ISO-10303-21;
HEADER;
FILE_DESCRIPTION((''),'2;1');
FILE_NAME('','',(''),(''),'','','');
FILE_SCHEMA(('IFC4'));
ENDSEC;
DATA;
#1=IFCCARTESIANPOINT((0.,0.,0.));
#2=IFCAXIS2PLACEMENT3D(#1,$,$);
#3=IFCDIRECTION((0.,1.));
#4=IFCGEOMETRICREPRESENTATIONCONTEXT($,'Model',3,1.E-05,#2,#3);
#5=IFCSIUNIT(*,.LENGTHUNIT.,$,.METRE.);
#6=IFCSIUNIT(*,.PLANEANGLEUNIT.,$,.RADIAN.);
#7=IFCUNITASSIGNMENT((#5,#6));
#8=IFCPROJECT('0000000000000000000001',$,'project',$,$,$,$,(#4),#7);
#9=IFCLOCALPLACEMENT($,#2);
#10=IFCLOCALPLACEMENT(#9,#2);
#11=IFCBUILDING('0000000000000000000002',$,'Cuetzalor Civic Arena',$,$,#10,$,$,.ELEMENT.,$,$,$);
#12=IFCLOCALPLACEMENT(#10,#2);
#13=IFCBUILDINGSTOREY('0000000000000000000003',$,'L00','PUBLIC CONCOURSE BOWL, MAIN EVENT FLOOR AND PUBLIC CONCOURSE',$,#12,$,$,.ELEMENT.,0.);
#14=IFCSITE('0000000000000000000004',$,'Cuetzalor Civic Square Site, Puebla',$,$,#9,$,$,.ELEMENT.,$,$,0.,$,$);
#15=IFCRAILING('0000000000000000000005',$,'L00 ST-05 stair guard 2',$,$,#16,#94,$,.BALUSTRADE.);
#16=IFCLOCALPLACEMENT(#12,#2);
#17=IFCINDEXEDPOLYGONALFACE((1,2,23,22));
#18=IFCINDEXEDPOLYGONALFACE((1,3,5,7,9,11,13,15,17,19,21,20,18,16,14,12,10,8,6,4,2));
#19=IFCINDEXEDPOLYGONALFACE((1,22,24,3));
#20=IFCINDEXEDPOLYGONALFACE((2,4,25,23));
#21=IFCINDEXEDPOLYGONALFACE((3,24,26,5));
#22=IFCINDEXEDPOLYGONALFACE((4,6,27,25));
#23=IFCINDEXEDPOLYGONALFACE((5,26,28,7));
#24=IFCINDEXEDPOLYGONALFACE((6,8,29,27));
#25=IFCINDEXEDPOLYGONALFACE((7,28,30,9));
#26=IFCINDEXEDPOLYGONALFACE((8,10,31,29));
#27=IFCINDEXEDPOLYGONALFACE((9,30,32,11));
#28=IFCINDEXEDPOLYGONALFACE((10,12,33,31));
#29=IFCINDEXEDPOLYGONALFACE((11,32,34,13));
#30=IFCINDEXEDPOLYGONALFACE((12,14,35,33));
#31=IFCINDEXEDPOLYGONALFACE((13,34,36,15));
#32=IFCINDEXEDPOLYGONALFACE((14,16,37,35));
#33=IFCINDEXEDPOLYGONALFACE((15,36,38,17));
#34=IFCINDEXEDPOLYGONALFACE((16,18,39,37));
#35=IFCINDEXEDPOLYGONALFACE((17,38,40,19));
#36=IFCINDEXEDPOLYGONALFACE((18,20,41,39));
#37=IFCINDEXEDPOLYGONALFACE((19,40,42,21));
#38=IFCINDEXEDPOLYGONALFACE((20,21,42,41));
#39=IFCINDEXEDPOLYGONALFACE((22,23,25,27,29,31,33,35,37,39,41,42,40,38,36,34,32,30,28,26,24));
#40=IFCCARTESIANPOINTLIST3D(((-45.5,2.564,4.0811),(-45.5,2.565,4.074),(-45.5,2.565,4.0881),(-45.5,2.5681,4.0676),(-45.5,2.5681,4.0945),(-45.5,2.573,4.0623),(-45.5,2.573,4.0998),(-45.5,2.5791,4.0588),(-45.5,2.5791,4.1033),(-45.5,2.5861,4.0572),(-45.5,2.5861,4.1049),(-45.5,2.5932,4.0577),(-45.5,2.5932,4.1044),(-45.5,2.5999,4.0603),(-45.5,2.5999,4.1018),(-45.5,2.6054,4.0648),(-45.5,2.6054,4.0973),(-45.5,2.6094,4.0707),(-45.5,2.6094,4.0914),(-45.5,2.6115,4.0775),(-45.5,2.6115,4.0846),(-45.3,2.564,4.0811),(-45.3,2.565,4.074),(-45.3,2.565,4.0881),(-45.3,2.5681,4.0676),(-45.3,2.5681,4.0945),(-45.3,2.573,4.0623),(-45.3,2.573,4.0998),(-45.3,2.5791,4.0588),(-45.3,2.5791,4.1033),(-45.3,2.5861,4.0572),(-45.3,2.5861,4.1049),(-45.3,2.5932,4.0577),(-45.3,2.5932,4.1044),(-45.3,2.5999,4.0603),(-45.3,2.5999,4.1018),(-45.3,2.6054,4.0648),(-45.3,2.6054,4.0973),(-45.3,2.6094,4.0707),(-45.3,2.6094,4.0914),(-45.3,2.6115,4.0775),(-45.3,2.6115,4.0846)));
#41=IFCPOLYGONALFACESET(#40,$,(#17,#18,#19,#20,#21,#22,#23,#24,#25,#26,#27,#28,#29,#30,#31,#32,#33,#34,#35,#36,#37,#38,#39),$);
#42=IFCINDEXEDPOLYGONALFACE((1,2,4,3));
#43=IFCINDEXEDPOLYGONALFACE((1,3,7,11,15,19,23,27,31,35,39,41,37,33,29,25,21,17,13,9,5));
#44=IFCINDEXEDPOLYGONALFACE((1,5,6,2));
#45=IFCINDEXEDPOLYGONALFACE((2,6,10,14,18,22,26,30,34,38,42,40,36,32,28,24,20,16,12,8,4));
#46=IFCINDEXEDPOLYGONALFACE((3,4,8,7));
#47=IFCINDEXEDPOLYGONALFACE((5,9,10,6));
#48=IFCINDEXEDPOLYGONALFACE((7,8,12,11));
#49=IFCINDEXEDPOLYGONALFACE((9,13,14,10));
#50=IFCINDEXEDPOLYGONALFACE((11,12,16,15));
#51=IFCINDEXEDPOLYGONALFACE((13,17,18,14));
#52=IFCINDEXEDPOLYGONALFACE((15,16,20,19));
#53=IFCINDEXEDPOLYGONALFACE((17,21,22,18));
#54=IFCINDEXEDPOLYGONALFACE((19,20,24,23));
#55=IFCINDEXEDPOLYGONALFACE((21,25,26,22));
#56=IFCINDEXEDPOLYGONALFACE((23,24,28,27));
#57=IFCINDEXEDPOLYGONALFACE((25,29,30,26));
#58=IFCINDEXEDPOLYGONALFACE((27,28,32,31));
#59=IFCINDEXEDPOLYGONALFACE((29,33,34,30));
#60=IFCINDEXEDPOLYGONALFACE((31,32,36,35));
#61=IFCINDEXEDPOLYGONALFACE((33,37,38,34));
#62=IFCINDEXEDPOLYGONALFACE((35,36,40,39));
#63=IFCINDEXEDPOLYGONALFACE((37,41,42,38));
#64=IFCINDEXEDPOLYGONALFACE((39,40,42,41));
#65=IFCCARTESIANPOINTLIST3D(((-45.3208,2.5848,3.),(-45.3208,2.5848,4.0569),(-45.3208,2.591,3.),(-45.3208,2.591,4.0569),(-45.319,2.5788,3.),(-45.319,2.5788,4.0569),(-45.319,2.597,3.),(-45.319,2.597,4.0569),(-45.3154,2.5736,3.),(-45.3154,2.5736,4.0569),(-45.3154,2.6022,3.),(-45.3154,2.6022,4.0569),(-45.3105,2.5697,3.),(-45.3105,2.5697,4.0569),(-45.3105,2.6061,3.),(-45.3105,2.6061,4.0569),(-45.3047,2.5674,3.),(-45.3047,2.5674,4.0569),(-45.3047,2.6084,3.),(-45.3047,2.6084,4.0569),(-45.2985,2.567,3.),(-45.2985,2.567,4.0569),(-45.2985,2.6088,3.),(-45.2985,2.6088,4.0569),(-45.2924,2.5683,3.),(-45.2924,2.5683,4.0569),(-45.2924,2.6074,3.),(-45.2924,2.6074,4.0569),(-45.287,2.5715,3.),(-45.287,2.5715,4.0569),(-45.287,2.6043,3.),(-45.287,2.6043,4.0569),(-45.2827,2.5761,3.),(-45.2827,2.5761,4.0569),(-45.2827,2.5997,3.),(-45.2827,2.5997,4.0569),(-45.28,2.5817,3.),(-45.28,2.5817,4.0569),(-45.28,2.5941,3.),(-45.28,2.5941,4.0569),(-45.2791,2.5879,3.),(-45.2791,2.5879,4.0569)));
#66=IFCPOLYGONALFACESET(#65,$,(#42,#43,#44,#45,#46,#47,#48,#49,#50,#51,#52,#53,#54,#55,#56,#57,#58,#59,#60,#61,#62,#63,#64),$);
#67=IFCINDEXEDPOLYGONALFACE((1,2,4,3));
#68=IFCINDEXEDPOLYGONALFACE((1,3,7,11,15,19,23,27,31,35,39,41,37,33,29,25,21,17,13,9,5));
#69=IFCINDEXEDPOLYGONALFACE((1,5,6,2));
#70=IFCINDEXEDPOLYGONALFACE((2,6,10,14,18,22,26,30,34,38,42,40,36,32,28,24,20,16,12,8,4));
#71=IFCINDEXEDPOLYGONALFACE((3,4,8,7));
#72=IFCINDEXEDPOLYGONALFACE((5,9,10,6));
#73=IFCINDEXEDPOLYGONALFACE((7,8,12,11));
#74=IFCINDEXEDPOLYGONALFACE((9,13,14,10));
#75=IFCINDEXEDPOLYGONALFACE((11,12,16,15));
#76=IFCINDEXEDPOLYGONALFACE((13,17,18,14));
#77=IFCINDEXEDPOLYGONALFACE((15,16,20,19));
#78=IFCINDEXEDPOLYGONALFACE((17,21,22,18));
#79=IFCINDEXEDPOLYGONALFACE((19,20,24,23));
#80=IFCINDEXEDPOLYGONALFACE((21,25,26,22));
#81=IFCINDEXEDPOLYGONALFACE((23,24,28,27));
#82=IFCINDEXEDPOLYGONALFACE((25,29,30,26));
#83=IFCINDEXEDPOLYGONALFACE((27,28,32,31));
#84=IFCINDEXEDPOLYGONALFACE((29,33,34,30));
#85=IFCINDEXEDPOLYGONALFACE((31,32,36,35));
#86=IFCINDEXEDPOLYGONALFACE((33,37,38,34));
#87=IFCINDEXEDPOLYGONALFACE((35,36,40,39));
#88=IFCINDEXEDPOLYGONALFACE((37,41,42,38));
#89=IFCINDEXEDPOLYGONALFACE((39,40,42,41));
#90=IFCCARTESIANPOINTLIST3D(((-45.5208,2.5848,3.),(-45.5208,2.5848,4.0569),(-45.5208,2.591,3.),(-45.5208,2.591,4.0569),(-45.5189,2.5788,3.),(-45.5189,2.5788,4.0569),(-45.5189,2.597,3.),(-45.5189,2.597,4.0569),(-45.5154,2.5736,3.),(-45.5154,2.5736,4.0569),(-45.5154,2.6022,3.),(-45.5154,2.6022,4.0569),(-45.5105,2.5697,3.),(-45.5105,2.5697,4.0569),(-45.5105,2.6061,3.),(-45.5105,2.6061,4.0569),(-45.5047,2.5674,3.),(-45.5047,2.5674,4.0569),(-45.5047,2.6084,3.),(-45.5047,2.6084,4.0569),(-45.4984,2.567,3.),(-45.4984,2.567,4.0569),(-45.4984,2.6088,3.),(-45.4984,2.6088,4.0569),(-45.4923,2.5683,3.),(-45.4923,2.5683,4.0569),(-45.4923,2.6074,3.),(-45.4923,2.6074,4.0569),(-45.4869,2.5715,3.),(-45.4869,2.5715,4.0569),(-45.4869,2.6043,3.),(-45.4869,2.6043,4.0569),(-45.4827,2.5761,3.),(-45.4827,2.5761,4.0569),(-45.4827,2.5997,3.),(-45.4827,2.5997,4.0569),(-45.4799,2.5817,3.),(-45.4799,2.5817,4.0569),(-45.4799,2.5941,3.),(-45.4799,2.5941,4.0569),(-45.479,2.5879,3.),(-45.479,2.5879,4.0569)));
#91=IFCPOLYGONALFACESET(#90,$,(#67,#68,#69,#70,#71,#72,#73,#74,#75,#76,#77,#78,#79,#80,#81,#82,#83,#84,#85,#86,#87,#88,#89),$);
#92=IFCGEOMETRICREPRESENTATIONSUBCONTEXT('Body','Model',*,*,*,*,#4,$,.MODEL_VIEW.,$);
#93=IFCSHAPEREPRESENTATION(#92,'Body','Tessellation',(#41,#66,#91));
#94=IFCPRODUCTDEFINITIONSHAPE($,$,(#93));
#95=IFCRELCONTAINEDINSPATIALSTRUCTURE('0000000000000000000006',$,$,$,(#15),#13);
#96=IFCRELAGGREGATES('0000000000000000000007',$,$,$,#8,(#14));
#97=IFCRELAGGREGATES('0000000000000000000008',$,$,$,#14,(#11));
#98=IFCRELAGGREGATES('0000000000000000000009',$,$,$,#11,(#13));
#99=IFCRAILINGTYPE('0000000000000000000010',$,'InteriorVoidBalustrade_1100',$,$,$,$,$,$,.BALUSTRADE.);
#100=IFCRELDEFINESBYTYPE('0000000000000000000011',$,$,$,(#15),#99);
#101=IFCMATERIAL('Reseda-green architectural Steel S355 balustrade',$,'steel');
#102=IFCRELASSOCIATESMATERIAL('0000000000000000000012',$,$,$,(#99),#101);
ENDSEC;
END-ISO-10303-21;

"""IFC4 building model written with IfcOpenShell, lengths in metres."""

from ifc_helpers import new_model, si_unit, direction, frame, origin, origin_2d, place, context, subcontext, project, spatial, circle, extrude, material, type_object, element, save


model = new_model("IFC4")

# Units and contexts
model_context = context("Model", 3, precision=1e-05, world=origin(), true_north=direction((0.0, 1.0)))
body_context = subcontext(model_context, "Body", "Model", "MODEL_VIEW")
ifc_project = project(units=[si_unit("LENGTHUNIT", "METRE"), si_unit("PLANEANGLEUNIT", "RADIAN")], contexts=[model_context])

# Site, building, storey
site_placement = place(None, origin())
site = spatial("IfcSite", under=ifc_project, at=site_placement, Name="Cuetzalor Civic Square Site, Puebla", CompositionType="ELEMENT", RefElevation=0.0)
building_placement = place(site_placement, origin())
building = spatial("IfcBuilding", under=site, at=building_placement, Name="Cuetzalor Civic Arena", CompositionType="ELEMENT")
storey_placement = place(building_placement, origin())
storey = spatial("IfcBuildingStorey", under=building, at=storey_placement, Name="L00", Description="PUBLIC CONCOURSE BOWL, MAIN EVENT FLOOR AND PUBLIC CONCOURSE", CompositionType="ELEMENT", Elevation=0.0)

# Railing
ifc_material_1 = material(Name="Reseda-green architectural Steel S355 balustrade", Category="steel")
railing_type_1 = type_object("IfcRailingType", Name="InteriorVoidBalustrade_1100", PredefinedType="BALUSTRADE", material=ifc_material_1)
railing_1_placement = place(storey_placement, frame((-45.3, 2.5879, 3.0)))
element("IfcRailing", 1, at=railing_1_placement, inside=storey, type_object=railing_type_1, Name="L00 ST-05 stair guard 2", PredefinedType="BALUSTRADE", context=body_context, shape_type="SweptSolid", body=[
    extrude(circle(Radius=0.0239, at=origin_2d()), frame((0.0, 0.0, 1.0811), z_axis=(-1.0, 0.0, 0.0), x_axis=(0.0, -1.0, 0.0)), (0.0, 0.0, 1.0), 0.2),
    extrude(circle(Radius=0.021, at=origin_2d()), origin(), (0.0, 0.0, 1.0), 1.0569),
    extrude(circle(Radius=0.021, at=origin_2d()), frame((-0.2, 0.0, 0.0)), (0.0, 0.0, 1.0), 1.0569),
])

save(model, "model.ifc")
